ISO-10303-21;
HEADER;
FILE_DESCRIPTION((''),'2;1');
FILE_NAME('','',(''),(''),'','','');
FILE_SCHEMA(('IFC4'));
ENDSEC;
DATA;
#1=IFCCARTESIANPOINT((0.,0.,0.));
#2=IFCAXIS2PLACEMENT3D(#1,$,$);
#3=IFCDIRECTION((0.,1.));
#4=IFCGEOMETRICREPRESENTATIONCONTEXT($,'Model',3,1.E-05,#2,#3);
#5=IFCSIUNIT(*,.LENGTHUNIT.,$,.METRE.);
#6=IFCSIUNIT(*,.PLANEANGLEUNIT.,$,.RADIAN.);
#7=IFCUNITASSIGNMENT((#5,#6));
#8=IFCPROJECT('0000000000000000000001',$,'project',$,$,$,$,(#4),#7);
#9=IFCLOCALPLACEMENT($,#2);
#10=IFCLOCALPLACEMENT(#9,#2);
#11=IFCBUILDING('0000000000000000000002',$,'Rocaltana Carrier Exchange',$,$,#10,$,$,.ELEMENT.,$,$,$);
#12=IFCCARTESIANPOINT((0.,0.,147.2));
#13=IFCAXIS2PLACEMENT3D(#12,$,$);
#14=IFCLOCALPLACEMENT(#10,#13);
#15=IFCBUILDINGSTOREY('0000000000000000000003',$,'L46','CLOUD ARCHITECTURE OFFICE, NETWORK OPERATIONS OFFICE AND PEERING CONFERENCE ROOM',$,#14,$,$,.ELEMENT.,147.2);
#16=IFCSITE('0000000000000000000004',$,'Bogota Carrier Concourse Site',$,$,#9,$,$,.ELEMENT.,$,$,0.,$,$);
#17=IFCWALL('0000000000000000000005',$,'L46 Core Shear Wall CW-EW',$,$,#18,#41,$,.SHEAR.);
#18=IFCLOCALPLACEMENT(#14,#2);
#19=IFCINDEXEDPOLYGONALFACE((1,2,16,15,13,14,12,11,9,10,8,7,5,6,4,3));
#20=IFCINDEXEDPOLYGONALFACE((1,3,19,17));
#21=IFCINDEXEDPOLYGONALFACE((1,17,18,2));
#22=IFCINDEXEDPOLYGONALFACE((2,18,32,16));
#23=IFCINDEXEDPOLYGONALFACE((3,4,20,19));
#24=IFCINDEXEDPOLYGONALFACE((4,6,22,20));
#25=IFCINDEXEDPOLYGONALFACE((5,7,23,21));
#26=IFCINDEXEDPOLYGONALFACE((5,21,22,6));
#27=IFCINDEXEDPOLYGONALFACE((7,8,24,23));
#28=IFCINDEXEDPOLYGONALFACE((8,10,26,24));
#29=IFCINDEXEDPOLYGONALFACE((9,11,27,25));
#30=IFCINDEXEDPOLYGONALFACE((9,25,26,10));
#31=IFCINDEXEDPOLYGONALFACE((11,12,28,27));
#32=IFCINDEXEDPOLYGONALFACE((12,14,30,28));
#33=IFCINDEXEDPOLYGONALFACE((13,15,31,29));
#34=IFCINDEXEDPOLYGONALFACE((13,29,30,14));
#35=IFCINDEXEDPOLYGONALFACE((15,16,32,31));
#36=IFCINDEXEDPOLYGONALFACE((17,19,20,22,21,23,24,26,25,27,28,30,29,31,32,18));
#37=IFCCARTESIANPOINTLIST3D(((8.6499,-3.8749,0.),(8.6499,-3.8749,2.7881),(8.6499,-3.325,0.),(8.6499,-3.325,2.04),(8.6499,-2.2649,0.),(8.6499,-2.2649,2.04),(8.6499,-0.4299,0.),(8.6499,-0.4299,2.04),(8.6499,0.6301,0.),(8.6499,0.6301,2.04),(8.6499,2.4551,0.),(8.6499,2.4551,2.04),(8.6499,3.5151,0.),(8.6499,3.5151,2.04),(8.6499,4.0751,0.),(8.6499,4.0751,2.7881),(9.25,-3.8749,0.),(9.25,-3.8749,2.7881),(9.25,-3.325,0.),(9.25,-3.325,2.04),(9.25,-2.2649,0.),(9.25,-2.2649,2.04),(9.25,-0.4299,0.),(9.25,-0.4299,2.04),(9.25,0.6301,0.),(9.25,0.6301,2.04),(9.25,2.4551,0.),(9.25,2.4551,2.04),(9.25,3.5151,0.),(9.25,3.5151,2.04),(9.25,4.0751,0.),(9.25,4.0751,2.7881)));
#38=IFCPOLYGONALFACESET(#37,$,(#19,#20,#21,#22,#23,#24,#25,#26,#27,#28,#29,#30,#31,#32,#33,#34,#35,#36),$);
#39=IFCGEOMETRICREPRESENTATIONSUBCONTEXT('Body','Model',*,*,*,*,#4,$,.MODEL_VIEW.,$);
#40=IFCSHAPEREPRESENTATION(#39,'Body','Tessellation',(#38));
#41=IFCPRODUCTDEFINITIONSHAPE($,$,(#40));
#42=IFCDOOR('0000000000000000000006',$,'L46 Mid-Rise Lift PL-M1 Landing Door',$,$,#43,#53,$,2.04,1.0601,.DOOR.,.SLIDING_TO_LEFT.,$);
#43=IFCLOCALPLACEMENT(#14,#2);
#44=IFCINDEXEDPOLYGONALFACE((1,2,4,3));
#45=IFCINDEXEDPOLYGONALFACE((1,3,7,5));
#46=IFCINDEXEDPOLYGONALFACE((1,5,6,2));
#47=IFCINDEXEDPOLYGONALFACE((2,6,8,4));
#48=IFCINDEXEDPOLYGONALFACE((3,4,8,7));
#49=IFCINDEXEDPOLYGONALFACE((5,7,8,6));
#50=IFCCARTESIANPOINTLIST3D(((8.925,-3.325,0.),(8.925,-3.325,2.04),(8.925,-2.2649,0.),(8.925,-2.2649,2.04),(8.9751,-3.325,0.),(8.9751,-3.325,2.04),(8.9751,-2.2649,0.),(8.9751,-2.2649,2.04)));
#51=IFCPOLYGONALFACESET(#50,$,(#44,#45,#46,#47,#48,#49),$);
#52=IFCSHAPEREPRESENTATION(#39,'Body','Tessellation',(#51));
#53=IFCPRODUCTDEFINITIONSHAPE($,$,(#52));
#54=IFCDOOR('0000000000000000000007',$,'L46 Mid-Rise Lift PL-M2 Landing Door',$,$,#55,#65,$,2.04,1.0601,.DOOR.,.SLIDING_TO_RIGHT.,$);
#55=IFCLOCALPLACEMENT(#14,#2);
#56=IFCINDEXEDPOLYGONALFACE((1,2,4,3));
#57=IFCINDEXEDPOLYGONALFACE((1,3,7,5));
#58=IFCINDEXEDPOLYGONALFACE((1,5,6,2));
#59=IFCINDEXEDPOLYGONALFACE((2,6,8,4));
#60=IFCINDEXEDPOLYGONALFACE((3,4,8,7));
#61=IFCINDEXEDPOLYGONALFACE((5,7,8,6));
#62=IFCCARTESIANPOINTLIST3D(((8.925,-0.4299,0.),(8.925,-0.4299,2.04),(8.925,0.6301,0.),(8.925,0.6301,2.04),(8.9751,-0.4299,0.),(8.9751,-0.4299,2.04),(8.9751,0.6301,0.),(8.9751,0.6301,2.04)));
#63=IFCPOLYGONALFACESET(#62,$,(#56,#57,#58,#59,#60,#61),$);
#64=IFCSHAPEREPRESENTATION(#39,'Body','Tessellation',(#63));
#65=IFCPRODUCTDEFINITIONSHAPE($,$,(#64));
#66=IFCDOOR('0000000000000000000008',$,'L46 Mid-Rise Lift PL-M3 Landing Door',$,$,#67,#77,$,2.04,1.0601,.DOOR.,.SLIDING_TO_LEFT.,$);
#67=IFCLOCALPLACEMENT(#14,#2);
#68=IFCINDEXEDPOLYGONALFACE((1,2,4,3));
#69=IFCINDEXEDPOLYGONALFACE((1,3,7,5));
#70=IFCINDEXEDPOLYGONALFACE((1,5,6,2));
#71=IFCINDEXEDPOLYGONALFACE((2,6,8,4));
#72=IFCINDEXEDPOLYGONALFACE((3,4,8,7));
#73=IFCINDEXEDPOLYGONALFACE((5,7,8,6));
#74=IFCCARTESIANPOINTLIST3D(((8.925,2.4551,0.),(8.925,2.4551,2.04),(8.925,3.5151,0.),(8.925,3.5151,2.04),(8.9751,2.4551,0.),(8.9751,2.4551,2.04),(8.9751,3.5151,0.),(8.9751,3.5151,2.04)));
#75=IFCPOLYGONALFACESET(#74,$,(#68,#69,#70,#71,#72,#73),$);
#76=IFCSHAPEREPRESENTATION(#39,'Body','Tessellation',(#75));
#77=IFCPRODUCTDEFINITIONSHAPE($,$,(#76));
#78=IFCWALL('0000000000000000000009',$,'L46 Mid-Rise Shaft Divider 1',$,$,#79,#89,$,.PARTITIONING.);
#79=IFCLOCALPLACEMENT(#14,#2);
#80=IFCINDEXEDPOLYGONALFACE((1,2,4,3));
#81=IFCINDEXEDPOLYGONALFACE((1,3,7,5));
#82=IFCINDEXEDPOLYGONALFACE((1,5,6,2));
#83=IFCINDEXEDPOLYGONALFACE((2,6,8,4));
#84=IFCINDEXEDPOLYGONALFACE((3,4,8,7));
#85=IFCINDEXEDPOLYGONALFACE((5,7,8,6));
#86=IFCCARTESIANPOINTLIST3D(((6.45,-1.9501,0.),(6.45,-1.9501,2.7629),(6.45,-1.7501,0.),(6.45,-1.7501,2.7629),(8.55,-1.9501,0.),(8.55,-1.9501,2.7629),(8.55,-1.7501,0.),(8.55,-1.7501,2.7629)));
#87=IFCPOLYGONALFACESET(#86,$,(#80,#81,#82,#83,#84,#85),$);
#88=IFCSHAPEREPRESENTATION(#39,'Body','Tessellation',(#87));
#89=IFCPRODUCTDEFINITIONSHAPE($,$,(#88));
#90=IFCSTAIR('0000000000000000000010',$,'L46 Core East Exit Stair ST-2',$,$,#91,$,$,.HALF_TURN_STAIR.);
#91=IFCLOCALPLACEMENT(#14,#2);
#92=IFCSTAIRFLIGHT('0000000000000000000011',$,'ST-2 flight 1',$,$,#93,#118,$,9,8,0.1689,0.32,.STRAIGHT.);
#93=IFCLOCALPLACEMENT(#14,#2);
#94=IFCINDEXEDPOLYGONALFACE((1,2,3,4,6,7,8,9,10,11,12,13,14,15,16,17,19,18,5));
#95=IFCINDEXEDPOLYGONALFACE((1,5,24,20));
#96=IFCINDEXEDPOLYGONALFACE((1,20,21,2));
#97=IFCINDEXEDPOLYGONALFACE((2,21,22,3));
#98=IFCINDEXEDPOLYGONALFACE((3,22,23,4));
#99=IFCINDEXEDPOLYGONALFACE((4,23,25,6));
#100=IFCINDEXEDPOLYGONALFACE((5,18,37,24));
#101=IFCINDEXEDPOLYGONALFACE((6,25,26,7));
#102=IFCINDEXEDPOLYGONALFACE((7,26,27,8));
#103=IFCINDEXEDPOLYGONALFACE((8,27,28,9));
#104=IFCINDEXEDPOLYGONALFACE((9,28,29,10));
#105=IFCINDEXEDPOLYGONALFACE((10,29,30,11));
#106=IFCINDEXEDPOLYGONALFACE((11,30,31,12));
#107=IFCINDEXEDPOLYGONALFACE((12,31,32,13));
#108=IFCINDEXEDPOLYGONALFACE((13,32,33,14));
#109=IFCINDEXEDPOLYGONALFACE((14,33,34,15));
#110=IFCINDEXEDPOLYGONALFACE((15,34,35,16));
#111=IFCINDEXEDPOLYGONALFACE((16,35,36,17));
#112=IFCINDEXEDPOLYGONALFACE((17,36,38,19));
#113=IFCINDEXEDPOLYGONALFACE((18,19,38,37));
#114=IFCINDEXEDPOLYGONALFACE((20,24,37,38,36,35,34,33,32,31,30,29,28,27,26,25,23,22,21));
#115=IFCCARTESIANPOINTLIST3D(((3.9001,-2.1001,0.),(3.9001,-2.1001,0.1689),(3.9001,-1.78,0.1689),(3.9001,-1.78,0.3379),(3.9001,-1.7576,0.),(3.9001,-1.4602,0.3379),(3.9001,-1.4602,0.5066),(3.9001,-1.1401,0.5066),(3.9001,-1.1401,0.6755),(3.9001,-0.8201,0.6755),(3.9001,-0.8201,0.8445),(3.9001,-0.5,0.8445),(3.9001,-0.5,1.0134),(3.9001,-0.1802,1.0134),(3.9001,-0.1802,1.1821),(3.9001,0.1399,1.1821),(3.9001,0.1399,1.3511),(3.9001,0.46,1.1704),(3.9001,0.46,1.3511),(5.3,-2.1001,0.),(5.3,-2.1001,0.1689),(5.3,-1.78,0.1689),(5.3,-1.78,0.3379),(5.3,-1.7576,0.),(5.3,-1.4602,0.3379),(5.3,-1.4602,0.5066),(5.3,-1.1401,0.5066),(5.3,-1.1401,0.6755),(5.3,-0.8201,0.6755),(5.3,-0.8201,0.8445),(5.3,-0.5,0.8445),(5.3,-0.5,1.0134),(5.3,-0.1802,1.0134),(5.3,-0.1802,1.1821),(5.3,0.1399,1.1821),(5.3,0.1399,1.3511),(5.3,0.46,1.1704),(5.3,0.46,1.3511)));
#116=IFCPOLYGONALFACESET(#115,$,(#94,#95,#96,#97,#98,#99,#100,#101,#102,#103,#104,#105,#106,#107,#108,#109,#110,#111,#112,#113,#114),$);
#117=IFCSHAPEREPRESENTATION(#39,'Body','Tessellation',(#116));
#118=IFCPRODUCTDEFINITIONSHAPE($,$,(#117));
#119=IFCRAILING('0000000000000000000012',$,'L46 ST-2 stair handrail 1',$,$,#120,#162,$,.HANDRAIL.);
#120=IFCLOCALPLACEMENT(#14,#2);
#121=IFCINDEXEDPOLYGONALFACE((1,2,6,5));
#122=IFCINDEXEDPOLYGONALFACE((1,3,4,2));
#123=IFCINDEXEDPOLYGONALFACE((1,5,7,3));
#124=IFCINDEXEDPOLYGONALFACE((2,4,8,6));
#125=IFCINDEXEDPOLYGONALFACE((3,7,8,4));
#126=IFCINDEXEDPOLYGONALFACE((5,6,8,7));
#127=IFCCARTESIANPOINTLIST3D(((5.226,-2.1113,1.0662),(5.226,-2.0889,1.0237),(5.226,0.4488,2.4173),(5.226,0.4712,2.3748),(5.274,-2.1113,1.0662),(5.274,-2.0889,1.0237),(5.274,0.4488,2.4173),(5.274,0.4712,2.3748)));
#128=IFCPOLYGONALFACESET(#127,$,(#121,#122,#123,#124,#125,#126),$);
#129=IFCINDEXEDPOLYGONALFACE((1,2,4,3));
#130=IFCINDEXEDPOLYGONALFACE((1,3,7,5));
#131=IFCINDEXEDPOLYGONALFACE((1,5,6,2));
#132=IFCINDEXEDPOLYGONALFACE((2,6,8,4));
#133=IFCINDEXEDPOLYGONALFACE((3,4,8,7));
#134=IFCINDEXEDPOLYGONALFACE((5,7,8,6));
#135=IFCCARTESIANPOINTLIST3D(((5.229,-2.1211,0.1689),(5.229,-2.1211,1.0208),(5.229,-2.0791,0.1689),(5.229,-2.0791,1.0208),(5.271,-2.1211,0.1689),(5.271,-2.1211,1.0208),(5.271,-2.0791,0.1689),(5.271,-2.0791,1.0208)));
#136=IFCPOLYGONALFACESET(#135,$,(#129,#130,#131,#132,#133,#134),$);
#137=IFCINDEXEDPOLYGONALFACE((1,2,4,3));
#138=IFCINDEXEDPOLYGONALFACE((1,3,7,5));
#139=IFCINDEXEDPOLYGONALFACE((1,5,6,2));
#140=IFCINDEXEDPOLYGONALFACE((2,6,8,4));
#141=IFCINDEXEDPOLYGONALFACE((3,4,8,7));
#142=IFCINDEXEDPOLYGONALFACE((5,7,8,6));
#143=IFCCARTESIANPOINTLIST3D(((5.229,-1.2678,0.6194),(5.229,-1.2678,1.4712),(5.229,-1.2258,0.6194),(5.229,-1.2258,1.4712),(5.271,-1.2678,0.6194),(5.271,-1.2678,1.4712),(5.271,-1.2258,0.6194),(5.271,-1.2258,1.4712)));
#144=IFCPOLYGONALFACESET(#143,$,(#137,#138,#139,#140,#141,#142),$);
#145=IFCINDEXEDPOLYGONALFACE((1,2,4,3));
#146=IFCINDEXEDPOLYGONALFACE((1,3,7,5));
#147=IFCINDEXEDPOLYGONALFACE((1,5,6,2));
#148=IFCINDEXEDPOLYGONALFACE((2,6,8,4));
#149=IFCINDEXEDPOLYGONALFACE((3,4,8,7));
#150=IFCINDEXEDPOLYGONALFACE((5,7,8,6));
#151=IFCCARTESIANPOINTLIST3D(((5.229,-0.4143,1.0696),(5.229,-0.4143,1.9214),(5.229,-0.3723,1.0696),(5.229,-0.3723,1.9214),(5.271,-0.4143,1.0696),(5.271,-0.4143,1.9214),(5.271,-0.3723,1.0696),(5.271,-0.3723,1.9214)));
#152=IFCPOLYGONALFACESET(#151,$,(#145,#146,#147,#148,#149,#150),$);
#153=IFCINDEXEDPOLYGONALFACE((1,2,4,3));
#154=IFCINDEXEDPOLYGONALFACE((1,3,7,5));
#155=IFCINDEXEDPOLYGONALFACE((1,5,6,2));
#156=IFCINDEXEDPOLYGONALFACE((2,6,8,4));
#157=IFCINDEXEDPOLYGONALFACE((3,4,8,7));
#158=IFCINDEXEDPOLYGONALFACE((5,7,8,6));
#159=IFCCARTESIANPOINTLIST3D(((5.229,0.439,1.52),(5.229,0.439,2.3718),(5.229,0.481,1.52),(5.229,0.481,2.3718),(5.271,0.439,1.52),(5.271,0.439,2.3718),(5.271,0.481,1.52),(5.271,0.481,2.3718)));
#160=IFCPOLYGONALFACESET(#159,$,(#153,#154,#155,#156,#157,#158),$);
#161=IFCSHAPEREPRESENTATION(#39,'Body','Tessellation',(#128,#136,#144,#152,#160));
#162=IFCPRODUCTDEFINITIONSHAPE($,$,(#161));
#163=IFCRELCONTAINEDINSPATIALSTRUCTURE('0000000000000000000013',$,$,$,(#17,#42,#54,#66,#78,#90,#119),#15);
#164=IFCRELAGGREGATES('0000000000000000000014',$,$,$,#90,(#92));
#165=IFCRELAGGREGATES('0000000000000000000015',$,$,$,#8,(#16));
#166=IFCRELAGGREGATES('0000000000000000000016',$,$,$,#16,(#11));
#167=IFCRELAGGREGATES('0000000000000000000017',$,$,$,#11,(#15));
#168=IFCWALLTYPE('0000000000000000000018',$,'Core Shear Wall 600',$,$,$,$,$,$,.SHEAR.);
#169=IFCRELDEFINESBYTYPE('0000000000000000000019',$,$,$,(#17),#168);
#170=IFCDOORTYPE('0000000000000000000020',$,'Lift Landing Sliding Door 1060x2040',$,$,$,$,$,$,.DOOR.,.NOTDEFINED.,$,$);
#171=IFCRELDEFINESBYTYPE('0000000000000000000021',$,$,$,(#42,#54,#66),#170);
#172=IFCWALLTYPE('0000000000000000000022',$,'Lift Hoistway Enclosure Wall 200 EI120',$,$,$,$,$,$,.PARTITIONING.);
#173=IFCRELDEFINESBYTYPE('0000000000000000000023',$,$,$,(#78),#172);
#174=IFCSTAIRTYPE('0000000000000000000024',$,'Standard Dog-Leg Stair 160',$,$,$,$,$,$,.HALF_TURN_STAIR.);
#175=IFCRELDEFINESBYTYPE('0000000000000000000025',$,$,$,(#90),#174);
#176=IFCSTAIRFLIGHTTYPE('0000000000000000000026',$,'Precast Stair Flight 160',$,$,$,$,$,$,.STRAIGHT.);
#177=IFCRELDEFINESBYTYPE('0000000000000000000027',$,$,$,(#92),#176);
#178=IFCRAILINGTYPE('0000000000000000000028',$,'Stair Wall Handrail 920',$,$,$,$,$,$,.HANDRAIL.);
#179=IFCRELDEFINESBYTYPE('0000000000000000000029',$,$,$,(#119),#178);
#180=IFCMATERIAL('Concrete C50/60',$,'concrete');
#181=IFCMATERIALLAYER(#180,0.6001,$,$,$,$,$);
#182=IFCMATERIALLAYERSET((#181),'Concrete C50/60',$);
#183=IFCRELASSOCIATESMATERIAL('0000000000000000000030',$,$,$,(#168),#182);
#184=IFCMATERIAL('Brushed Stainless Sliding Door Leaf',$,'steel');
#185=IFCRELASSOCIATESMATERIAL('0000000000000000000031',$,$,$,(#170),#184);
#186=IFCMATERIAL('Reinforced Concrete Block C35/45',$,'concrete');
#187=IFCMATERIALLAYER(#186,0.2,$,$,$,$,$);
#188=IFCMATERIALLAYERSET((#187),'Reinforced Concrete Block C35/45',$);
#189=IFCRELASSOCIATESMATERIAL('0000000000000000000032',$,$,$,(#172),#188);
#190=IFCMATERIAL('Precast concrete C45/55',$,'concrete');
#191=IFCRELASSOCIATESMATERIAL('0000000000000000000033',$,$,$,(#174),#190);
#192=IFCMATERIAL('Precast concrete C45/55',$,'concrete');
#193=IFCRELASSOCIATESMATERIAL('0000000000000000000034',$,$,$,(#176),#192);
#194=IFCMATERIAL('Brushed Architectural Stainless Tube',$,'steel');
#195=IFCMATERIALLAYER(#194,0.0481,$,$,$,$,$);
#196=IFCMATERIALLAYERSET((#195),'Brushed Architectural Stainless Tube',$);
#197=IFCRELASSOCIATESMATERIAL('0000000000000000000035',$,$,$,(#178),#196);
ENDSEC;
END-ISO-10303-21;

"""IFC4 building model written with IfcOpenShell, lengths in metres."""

from ifc_helpers import new_model, si_unit, direction, frame, frame_2d, origin, origin_2d, place, context, subcontext, project, spatial, polyline, rectangle, outline, extrude, material, layer, layer_set, type_object, element, fill, aggregate, save


model = new_model("IFC4")

# Units and contexts
model_context = context("Model", 3, precision=1e-05, world=origin(), true_north=direction((0.0, 1.0)))
body_context = subcontext(model_context, "Body", "Model", "MODEL_VIEW")
ifc_project = project(units=[si_unit("LENGTHUNIT", "METRE"), si_unit("PLANEANGLEUNIT", "RADIAN")], contexts=[model_context])

# Site, building, storey
site_placement = place(None, origin())
site = spatial("IfcSite", under=ifc_project, at=site_placement, Name="Bogota Carrier Concourse Site", CompositionType="ELEMENT", RefElevation=0.0)
building_placement = place(site_placement, origin())
building = spatial("IfcBuilding", under=site, at=building_placement, Name="Rocaltana Carrier Exchange", CompositionType="ELEMENT")
storey_placement = place(building_placement, frame((0.0, 0.0, 147.2)))
storey = spatial("IfcBuildingStorey", under=building, at=storey_placement, Name="L46", Description="CLOUD ARCHITECTURE OFFICE, NETWORK OPERATIONS OFFICE AND PEERING CONFERENCE ROOM", CompositionType="ELEMENT", Elevation=147.2)

# Shared definitions
ifc_material_1 = material(Name="Concrete C50/60", Category="concrete")
ifc_layer_1 = layer(ifc_material_1, 0.6001)
ifc_layer_set_1 = layer_set([ifc_layer_1], Name="Concrete C50/60")
wall_type_1 = type_object("IfcWallType", Name="Core Shear Wall 600", PredefinedType="SHEAR", material=ifc_layer_set_1)

# Wall, openings, doors
wall_1_placement = place(storey_placement, frame((8.95, -3.875, 0.0), z_axis=(0.0, 0.0, 1.0), x_axis=(0.0, 1.0, 0.0)))
wall_1 = element("IfcWall", 1, at=wall_1_placement, inside=storey, type_object=wall_type_1, Name="L46 Core Shear Wall CW-EW", PredefinedType="SHEAR", context=body_context, shape_type="SweptSolid", body=[
    extrude(rectangle(XDim=7.95, YDim=0.6001, at=frame_2d((3.9751, 0.0))), origin(), (0.0, 0.0, 1.0), 2.7881),
])
opening_1_placement = place(wall_1_placement, frame((0.55, 0.0, 0.0)))
opening_1 = element("IfcOpeningElement", 2, at=opening_1_placement, cuts=wall_1, PredefinedType="OPENING", context=body_context, shape_type="SweptSolid", body=[
    extrude(rectangle(XDim=1.0601, YDim=2.04, at=frame_2d((0.53, 1.02))), frame((0.0, 0.3101, 0.0), z_axis=(0.0, -1.0, 0.0), x_axis=(1.0, 0.0, 0.0)), (0.0, 0.0, 1.0), 0.6201),
])
opening_2_placement = place(wall_1_placement, frame((3.4451, 0.0, 0.0)))
opening_2 = element("IfcOpeningElement", 3, at=opening_2_placement, cuts=wall_1, PredefinedType="OPENING", context=body_context, shape_type="SweptSolid", body=[
    extrude(rectangle(XDim=1.0601, YDim=2.04, at=frame_2d((0.53, 1.02))), frame((0.0, 0.3101, 0.0), z_axis=(0.0, -1.0, 0.0), x_axis=(1.0, 0.0, 0.0)), (0.0, 0.0, 1.0), 0.6201),
])
opening_3_placement = place(wall_1_placement, frame((6.3301, 0.0, 0.0)))
opening_3 = element("IfcOpeningElement", 4, at=opening_3_placement, cuts=wall_1, PredefinedType="OPENING", context=body_context, shape_type="SweptSolid", body=[
    extrude(rectangle(XDim=1.0601, YDim=2.04, at=frame_2d((0.53, 1.02))), frame((0.0, 0.3101, 0.0), z_axis=(0.0, -1.0, 0.0), x_axis=(1.0, 0.0, 0.0)), (0.0, 0.0, 1.0), 0.6201),
])
ifc_material_2 = material(Name="Brushed Stainless Sliding Door Leaf", Category="steel")
door_type = type_object("IfcDoorType", Name="Lift Landing Sliding Door 1060x2040", OperationType="NOTDEFINED", PredefinedType="DOOR", material=ifc_material_2)
door_1_placement = place(opening_1_placement, origin())
door_1 = element("IfcDoor", 5, at=door_1_placement, inside=storey, type_object=door_type, Name="L46 Mid-Rise Lift PL-M1 Landing Door", OperationType="SLIDING_TO_LEFT", OverallHeight=2.04, OverallWidth=1.0601, PredefinedType="DOOR", context=body_context, shape_type="SweptSolid", body=[
    extrude(rectangle(XDim=1.0601, YDim=2.04, at=frame_2d((0.53, 1.02))), frame((0.0, 0.0249, 0.0), z_axis=(0.0, -1.0, 0.0), x_axis=(1.0, 0.0, 0.0)), (0.0, 0.0, 1.0), 0.05),
])
fill(opening_1, door_1)
door_2_placement = place(opening_2_placement, origin())
door_2 = element("IfcDoor", 6, at=door_2_placement, inside=storey, type_object=door_type, Name="L46 Mid-Rise Lift PL-M2 Landing Door", OperationType="SLIDING_TO_RIGHT", OverallHeight=2.04, OverallWidth=1.0601, PredefinedType="DOOR", context=body_context, shape_type="SweptSolid", body=[
    extrude(rectangle(XDim=1.0601, YDim=2.04, at=frame_2d((0.53, 1.02))), frame((0.0, 0.0249, 0.0), z_axis=(0.0, -1.0, 0.0), x_axis=(1.0, 0.0, 0.0)), (0.0, 0.0, 1.0), 0.05),
])
fill(opening_2, door_2)
door_3_placement = place(opening_3_placement, origin())
door_3 = element("IfcDoor", 7, at=door_3_placement, inside=storey, type_object=door_type, Name="L46 Mid-Rise Lift PL-M3 Landing Door", OperationType="SLIDING_TO_LEFT", OverallHeight=2.04, OverallWidth=1.0601, PredefinedType="DOOR", context=body_context, shape_type="SweptSolid", body=[
    extrude(rectangle(XDim=1.0601, YDim=2.04, at=frame_2d((0.53, 1.02))), frame((0.0, 0.0249, 0.0), z_axis=(0.0, -1.0, 0.0), x_axis=(1.0, 0.0, 0.0)), (0.0, 0.0, 1.0), 0.05),
])
fill(opening_3, door_3)

# Wall
ifc_material_3 = material(Name="Reinforced Concrete Block C35/45", Category="concrete")
ifc_layer_2 = layer(ifc_material_3, 0.2)
ifc_layer_set_2 = layer_set([ifc_layer_2], Name="Reinforced Concrete Block C35/45")
wall_type_2 = type_object("IfcWallType", Name="Lift Hoistway Enclosure Wall 200 EI120", PredefinedType="PARTITIONING", material=ifc_layer_set_2)
wall_2_placement = place(storey_placement, frame((6.45, -1.8501, 0.0), z_axis=(0.0, 0.0, 1.0), x_axis=(1.0, 0.0, 0.0)))
element("IfcWall", 8, at=wall_2_placement, inside=storey, type_object=wall_type_2, Name="L46 Mid-Rise Shaft Divider 1", PredefinedType="PARTITIONING", context=body_context, shape_type="SweptSolid", body=[
    extrude(rectangle(XDim=2.1001, YDim=0.2, at=frame_2d((1.05, 0.0))), origin(), (0.0, 0.0, 1.0), 2.7629),
])

# Stair, stair flight
ifc_material_4 = material(Name="Precast concrete C45/55", Category="concrete")
stair_type = type_object("IfcStairType", Name="Standard Dog-Leg Stair 160", PredefinedType="HALF_TURN_STAIR", material=ifc_material_4)
stair_placement = place(storey_placement, origin())
stair = element("IfcStair", 9, at=stair_placement, inside=storey, type_object=stair_type, Name="L46 Core East Exit Stair ST-2", PredefinedType="HALF_TURN_STAIR")
ifc_material_5 = material(Name="Precast concrete C45/55", Category="concrete")
stair_flight_type = type_object("IfcStairFlightType", Name="Precast Stair Flight 160", PredefinedType="STRAIGHT", material=ifc_material_5)
stair_flight_placement = place(storey_placement, frame((4.6001, -2.1001, 0.0), z_axis=(0.0, 0.0, 1.0), x_axis=(0.0, 1.0, 0.0)))
stair_flight = element("IfcStairFlight", 10, at=stair_flight_placement, type_object=stair_flight_type, Name="ST-2 flight 1", NumberOfRisers=9, NumberOfTreads=8, PredefinedType="STRAIGHT", RiserHeight=0.1689, TreadLength=0.32, context=body_context, shape_type="SweptSolid", body=[
    extrude(outline(polyline([(0.0, 0.0), (0.0, 0.1689), (0.3201, 0.1689), (0.3201, 0.3379), (0.6399, 0.3379), (0.6399, 0.5066), (0.96, 0.5066), (0.96, 0.6755), (1.28, 0.6755), (1.28, 0.8445), (1.6001, 0.8445), (1.6001, 1.0134), (1.9199, 1.0134), (1.9199, 1.1821), (2.24, 1.1821), (2.24, 1.3511), (2.5601, 1.3511), (2.5601, 1.52), (2.5601, 1.1704), (0.3425, 0.0), (0.0, 0.0)])), frame((0.0, 0.7, 0.0), z_axis=(0.0, -1.0, 0.0), x_axis=(1.0, 0.0, 0.0)), (0.0, 0.0, 1.0), 1.3999),
])
aggregate(stair, [stair_flight])

# Railing
ifc_material_6 = material(Name="Brushed Architectural Stainless Tube", Category="steel")
ifc_layer_3 = layer(ifc_material_6, 0.0481)
ifc_layer_set_3 = layer_set([ifc_layer_3], Name="Brushed Architectural Stainless Tube")
railing_type_1 = type_object("IfcRailingType", Name="Stair Wall Handrail 920", PredefinedType="HANDRAIL", material=ifc_layer_set_3)
railing_1_placement = place(storey_placement, frame((5.25, -2.1001, 0.1689)))
element("IfcRailing", 11, at=railing_1_placement, inside=storey, type_object=railing_type_1, Name="L46 ST-2 stair handrail 1", PredefinedType="HANDRAIL", context=body_context, shape_type="SweptSolid", body=[
    extrude(rectangle(XDim=0.0481, YDim=0.0481, at=origin_2d()), frame((0.0, 0.0, 0.876), z_axis=(0.0, 0.884394, 0.46674), x_axis=(-1.0, 0.0, 0.0)), (0.0, 0.0, 1.0), 2.8948),
    extrude(rectangle(XDim=0.042, YDim=0.042, at=origin_2d()), origin(), (0.0, 0.0, 1.0), 0.8518),
    extrude(rectangle(XDim=0.042, YDim=0.042, at=origin_2d()), frame((0.0, 0.8533, 0.4504)), (0.0, 0.0, 1.0), 0.8518),
    extrude(rectangle(XDim=0.042, YDim=0.042, at=origin_2d()), frame((0.0, 1.7068, 0.9006)), (0.0, 0.0, 1.0), 0.8518),
    extrude(rectangle(XDim=0.042, YDim=0.042, at=origin_2d()), frame((0.0, 2.5601, 1.3511)), (0.0, 0.0, 1.0), 0.8518),
])

save(model, "model.ifc")
